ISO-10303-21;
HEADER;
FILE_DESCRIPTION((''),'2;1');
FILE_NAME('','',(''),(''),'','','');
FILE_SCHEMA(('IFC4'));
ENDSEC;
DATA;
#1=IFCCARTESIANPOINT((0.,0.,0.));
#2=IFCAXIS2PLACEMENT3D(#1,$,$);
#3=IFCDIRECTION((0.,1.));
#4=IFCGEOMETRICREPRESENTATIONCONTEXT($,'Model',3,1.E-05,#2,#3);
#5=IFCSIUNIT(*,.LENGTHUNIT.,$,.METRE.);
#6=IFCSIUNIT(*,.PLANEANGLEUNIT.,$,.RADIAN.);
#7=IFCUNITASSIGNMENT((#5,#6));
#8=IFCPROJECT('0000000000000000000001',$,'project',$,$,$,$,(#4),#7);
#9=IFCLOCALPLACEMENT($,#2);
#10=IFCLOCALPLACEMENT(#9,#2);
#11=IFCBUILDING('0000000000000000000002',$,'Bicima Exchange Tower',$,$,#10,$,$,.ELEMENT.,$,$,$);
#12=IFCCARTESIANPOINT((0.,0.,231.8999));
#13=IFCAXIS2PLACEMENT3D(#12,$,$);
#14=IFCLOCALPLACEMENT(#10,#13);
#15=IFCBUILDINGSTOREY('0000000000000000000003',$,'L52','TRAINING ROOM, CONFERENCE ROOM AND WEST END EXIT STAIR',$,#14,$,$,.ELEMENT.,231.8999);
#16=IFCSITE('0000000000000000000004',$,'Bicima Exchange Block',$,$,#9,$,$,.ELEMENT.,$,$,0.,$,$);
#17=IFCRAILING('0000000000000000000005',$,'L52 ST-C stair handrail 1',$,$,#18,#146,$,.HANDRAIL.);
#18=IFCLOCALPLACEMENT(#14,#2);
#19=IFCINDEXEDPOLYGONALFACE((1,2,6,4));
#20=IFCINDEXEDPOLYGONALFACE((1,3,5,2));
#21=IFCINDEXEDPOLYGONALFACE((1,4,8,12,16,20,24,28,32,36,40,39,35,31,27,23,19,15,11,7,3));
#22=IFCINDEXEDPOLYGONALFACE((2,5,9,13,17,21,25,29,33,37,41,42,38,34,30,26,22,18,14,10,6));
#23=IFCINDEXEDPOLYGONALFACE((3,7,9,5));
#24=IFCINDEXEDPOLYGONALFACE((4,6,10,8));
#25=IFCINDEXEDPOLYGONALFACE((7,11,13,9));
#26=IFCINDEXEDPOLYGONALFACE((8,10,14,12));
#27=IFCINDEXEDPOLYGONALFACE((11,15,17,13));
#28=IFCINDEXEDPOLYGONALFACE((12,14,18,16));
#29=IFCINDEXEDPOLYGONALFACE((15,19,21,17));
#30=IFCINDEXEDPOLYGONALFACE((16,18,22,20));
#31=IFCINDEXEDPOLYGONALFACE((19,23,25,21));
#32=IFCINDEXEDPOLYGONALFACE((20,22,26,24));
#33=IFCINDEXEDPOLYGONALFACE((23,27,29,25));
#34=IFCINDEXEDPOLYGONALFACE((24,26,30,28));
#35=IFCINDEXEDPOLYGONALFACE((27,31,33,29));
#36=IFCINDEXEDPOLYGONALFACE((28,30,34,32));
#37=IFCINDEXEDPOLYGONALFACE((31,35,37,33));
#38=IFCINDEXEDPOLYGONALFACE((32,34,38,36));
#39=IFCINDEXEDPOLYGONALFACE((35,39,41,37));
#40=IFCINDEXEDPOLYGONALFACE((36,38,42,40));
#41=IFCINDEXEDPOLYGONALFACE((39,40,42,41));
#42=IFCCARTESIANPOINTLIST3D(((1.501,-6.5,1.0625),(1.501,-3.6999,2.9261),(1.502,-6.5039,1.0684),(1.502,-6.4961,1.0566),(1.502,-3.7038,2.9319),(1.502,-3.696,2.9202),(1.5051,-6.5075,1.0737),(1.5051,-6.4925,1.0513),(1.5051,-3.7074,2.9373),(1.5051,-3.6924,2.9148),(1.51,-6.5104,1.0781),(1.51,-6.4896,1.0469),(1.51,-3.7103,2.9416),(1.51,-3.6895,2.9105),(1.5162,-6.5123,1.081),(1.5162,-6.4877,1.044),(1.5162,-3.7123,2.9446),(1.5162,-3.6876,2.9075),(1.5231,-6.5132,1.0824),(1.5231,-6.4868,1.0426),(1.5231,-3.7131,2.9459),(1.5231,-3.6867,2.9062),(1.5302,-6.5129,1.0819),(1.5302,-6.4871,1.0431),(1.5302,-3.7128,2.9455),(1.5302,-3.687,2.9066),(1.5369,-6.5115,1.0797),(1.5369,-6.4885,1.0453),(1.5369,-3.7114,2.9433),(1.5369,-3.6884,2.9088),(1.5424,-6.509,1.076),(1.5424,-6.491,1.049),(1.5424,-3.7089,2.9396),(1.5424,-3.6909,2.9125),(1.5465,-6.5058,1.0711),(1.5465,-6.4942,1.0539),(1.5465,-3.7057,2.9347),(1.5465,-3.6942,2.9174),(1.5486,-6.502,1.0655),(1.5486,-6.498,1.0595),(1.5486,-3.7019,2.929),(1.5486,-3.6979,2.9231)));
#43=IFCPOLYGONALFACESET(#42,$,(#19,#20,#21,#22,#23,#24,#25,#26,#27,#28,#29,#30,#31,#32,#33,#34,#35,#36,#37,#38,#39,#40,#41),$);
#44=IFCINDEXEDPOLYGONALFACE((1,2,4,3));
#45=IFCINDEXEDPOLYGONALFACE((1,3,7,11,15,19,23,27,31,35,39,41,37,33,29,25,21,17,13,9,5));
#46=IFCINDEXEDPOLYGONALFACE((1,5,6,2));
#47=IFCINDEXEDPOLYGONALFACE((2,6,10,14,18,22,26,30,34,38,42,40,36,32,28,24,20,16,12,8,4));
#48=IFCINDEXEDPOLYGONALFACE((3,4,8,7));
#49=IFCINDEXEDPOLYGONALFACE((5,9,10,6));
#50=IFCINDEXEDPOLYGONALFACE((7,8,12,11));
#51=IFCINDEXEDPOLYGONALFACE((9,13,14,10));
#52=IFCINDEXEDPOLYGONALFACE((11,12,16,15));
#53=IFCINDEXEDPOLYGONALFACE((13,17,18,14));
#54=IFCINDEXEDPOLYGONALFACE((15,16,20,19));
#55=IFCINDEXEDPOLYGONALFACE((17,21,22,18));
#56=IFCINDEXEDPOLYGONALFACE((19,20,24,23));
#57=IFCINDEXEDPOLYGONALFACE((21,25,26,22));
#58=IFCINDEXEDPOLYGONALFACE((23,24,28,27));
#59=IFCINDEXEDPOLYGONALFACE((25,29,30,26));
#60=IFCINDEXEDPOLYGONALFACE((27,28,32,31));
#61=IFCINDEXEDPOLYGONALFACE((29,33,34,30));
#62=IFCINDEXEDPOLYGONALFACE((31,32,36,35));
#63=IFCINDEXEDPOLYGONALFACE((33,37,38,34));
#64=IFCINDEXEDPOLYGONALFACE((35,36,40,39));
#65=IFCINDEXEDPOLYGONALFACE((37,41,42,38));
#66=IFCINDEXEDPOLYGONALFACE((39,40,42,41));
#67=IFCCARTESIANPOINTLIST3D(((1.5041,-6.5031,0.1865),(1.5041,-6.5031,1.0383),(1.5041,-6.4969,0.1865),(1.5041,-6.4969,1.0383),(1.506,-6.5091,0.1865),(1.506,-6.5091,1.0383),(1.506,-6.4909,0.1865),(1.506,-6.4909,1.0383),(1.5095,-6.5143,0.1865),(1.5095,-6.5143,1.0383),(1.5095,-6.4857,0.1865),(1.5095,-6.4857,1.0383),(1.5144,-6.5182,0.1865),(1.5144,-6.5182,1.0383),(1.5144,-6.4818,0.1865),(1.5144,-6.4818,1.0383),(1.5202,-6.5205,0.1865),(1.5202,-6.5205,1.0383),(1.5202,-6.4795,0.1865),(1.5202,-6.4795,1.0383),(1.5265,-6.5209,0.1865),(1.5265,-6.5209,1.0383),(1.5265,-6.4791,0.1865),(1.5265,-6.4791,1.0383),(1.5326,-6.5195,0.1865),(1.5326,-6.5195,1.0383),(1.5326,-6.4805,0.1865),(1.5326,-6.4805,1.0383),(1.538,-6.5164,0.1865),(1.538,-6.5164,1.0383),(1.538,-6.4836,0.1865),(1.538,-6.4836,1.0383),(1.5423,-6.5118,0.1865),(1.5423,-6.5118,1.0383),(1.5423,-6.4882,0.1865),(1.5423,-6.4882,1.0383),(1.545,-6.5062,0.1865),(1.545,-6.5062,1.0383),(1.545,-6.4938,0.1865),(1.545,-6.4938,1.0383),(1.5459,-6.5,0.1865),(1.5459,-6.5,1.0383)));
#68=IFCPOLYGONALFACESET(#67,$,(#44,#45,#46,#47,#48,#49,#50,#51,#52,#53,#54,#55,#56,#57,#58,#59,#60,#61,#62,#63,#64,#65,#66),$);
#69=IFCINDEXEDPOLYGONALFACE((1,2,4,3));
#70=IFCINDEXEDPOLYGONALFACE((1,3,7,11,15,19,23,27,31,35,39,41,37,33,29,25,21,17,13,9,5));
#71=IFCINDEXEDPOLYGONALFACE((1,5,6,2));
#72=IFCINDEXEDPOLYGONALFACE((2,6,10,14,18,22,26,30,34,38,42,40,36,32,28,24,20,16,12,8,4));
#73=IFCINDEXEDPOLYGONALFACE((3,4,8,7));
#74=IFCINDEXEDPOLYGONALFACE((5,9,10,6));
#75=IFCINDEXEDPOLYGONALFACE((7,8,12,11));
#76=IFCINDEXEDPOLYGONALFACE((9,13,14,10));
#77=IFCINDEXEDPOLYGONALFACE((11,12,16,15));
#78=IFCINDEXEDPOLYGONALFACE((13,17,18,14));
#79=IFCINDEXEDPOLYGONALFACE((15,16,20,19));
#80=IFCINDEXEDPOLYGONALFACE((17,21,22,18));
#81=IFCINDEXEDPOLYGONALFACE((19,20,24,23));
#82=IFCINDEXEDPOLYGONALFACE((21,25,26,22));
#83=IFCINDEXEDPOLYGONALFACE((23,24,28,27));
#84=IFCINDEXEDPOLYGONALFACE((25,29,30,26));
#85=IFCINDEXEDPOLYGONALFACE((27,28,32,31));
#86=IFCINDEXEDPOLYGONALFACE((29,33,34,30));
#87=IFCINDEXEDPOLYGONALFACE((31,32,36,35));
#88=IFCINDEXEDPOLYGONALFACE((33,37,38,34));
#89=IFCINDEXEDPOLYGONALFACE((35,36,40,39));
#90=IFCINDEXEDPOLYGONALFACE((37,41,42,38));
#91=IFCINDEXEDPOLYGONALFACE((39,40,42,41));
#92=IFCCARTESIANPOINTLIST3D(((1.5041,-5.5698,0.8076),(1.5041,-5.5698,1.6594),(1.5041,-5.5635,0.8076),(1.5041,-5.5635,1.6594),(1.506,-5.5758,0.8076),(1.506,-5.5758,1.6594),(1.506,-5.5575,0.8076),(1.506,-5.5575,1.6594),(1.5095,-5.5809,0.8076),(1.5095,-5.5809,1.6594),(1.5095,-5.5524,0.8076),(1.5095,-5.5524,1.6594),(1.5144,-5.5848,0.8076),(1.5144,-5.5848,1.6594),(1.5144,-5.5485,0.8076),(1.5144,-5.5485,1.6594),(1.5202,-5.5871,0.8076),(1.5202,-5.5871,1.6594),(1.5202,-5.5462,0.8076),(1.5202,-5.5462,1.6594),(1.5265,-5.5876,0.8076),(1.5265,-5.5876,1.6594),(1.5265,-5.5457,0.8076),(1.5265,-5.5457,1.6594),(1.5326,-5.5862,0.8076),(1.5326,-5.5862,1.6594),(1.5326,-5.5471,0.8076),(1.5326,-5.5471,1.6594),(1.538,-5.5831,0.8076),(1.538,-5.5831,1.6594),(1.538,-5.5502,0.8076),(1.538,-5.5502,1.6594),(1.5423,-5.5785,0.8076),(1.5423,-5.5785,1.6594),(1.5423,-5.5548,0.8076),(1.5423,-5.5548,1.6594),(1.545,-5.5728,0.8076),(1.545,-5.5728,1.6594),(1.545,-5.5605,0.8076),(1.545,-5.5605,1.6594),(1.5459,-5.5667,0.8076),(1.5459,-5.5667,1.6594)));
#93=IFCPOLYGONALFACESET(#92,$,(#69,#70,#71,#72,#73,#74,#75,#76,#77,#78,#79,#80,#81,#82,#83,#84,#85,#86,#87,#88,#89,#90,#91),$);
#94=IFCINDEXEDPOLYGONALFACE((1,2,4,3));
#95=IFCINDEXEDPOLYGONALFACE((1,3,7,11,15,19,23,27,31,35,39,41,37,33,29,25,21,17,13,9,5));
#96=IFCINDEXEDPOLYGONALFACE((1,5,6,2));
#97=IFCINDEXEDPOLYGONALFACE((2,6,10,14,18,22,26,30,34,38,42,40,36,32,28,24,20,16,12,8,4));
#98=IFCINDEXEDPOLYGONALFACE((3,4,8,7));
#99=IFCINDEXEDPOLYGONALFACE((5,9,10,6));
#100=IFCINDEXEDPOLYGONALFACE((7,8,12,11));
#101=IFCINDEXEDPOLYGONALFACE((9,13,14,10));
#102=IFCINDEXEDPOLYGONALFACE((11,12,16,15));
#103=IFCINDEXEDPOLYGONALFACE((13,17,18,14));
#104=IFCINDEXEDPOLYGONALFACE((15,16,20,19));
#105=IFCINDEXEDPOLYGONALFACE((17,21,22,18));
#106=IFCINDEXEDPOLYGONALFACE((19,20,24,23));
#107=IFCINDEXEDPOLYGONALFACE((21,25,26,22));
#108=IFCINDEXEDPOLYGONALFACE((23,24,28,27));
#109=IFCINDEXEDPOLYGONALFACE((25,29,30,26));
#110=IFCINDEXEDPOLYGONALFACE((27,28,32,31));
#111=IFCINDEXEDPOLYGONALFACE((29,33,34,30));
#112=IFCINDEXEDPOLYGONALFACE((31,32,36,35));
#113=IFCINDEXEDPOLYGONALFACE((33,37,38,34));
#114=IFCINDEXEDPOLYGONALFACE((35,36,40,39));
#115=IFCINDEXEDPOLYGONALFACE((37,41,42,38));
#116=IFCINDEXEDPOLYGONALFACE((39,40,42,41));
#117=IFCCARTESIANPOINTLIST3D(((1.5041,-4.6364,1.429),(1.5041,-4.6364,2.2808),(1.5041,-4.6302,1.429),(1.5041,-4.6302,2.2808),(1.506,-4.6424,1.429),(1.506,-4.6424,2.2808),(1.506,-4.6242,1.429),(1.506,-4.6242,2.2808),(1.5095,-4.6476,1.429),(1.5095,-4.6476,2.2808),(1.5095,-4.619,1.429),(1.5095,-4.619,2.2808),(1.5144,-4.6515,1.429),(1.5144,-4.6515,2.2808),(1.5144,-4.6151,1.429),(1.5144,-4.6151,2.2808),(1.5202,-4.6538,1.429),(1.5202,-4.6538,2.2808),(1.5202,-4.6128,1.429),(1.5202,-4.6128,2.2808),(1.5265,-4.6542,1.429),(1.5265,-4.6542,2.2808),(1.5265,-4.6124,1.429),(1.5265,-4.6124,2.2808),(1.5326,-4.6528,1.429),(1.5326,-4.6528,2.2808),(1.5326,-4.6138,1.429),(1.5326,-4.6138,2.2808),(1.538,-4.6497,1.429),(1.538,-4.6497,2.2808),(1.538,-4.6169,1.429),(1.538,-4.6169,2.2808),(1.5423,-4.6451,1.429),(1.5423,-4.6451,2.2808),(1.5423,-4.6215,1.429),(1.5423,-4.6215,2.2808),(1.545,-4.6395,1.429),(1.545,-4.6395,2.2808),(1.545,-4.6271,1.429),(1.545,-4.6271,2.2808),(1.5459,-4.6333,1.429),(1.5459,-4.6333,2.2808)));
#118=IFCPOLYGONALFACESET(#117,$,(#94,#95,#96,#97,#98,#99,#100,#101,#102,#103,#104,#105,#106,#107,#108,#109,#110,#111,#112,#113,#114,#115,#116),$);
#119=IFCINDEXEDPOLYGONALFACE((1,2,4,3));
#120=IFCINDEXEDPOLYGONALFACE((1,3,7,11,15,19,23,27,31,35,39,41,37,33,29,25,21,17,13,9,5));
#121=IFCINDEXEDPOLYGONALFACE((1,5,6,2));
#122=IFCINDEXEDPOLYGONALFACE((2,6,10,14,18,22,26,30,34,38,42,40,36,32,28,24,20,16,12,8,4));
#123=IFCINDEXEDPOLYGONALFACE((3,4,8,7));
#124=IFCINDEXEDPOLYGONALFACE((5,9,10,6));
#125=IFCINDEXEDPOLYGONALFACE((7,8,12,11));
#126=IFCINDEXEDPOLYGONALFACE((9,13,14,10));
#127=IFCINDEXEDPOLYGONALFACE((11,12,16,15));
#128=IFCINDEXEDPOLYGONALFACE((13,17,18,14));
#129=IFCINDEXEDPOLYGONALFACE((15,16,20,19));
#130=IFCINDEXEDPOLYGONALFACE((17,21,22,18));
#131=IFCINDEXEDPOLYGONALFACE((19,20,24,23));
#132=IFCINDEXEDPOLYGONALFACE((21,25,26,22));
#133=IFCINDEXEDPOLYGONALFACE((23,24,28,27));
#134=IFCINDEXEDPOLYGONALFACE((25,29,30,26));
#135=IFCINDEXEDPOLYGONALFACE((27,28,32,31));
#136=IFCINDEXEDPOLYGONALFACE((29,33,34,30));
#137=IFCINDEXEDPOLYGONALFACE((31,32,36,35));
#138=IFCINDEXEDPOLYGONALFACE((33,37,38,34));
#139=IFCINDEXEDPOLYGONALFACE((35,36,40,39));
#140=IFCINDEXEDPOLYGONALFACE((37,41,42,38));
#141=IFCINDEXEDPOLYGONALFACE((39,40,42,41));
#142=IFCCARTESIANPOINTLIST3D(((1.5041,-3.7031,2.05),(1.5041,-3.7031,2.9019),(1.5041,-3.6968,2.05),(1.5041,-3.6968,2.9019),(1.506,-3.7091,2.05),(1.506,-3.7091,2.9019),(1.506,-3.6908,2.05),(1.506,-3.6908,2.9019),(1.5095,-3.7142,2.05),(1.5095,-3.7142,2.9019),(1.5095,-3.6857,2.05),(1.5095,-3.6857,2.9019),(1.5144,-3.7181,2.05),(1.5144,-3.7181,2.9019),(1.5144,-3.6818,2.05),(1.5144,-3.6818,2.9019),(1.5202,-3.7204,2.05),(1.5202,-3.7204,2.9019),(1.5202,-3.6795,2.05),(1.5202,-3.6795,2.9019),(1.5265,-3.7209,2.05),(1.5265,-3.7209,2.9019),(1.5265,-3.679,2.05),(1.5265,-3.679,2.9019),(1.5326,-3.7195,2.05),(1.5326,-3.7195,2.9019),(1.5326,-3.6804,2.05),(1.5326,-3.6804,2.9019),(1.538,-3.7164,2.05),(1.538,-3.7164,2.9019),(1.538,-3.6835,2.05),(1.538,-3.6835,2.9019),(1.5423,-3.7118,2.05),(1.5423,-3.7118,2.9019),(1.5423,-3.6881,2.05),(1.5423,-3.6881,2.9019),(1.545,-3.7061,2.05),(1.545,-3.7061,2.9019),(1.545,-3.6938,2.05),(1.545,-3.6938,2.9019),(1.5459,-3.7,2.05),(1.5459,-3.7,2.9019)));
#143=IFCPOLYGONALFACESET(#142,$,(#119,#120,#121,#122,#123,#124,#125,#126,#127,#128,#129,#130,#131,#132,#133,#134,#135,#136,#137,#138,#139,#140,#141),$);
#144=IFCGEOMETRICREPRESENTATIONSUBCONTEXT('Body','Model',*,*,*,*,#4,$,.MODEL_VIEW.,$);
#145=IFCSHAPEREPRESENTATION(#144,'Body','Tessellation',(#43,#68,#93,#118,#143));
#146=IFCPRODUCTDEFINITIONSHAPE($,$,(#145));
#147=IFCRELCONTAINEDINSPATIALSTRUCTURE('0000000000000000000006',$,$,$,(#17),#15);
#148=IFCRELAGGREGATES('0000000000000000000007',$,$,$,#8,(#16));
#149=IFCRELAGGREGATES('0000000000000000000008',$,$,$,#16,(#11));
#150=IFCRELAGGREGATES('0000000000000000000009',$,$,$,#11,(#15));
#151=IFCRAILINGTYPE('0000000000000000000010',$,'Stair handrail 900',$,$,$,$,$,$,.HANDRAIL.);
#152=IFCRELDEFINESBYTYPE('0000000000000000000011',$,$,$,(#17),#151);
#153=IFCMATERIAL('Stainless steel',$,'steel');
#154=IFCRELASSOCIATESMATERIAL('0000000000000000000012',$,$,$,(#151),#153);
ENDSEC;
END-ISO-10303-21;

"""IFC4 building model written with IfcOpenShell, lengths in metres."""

from ifc_helpers import new_model, si_unit, direction, frame, origin, origin_2d, place, context, subcontext, project, spatial, circle, extrude, material, type_object, element, save


model = new_model("IFC4")

# Units and contexts
model_context = context("Model", 3, precision=1e-05, world=origin(), true_north=direction((0.0, 1.0)))
body_context = subcontext(model_context, "Body", "Model", "MODEL_VIEW")
ifc_project = project(units=[si_unit("LENGTHUNIT", "METRE"), si_unit("PLANEANGLEUNIT", "RADIAN")], contexts=[model_context])

# Site, building, storey
site_placement = place(None, origin())
site = spatial("IfcSite", under=ifc_project, at=site_placement, Name="Bicima Exchange Block", CompositionType="ELEMENT", RefElevation=0.0)
building_placement = place(site_placement, origin())
building = spatial("IfcBuilding", under=site, at=building_placement, Name="Bicima Exchange Tower", CompositionType="ELEMENT")
storey_placement = place(building_placement, frame((0.0, 0.0, 231.8999)))
storey = spatial("IfcBuildingStorey", under=building, at=storey_placement, Name="L52", Description="TRAINING ROOM, CONFERENCE ROOM AND WEST END EXIT STAIR", CompositionType="ELEMENT", Elevation=231.8999)

# Shared definitions
ifc_material_1 = material(Name="Stainless steel", Category="steel")

# Railing
railing_type_1 = type_object("IfcRailingType", Name="Stair handrail 900", PredefinedType="HANDRAIL", material=ifc_material_1)
railing_1_placement = place(storey_placement, frame((1.5249, -6.5, 0.1865)))
element("IfcRailing", 1, at=railing_1_placement, inside=storey, type_object=railing_type_1, Name="L52 ST-C stair handrail 1", PredefinedType="HANDRAIL", context=body_context, shape_type="SweptSolid", body=[
    extrude(circle(Radius=0.0239, at=origin_2d()), frame((0.0, 0.0, 0.876), z_axis=(0.0, 0.832486, 0.554047), x_axis=(-1.0, 0.0, 0.0)), (0.0, 0.0, 1.0), 3.3635),
    extrude(circle(Radius=0.021, at=origin_2d()), origin(), (0.0, 0.0, 1.0), 0.8518),
    extrude(circle(Radius=0.021, at=origin_2d()), frame((0.0, 0.9333, 0.6211)), (0.0, 0.0, 1.0), 0.8518),
    extrude(circle(Radius=0.021, at=origin_2d()), frame((0.0, 1.8667, 1.2424)), (0.0, 0.0, 1.0), 0.8518),
    extrude(circle(Radius=0.021, at=origin_2d()), frame((0.0, 2.8, 1.8635)), (0.0, 0.0, 1.0), 0.8518),
])

save(model, "model.ifc")
